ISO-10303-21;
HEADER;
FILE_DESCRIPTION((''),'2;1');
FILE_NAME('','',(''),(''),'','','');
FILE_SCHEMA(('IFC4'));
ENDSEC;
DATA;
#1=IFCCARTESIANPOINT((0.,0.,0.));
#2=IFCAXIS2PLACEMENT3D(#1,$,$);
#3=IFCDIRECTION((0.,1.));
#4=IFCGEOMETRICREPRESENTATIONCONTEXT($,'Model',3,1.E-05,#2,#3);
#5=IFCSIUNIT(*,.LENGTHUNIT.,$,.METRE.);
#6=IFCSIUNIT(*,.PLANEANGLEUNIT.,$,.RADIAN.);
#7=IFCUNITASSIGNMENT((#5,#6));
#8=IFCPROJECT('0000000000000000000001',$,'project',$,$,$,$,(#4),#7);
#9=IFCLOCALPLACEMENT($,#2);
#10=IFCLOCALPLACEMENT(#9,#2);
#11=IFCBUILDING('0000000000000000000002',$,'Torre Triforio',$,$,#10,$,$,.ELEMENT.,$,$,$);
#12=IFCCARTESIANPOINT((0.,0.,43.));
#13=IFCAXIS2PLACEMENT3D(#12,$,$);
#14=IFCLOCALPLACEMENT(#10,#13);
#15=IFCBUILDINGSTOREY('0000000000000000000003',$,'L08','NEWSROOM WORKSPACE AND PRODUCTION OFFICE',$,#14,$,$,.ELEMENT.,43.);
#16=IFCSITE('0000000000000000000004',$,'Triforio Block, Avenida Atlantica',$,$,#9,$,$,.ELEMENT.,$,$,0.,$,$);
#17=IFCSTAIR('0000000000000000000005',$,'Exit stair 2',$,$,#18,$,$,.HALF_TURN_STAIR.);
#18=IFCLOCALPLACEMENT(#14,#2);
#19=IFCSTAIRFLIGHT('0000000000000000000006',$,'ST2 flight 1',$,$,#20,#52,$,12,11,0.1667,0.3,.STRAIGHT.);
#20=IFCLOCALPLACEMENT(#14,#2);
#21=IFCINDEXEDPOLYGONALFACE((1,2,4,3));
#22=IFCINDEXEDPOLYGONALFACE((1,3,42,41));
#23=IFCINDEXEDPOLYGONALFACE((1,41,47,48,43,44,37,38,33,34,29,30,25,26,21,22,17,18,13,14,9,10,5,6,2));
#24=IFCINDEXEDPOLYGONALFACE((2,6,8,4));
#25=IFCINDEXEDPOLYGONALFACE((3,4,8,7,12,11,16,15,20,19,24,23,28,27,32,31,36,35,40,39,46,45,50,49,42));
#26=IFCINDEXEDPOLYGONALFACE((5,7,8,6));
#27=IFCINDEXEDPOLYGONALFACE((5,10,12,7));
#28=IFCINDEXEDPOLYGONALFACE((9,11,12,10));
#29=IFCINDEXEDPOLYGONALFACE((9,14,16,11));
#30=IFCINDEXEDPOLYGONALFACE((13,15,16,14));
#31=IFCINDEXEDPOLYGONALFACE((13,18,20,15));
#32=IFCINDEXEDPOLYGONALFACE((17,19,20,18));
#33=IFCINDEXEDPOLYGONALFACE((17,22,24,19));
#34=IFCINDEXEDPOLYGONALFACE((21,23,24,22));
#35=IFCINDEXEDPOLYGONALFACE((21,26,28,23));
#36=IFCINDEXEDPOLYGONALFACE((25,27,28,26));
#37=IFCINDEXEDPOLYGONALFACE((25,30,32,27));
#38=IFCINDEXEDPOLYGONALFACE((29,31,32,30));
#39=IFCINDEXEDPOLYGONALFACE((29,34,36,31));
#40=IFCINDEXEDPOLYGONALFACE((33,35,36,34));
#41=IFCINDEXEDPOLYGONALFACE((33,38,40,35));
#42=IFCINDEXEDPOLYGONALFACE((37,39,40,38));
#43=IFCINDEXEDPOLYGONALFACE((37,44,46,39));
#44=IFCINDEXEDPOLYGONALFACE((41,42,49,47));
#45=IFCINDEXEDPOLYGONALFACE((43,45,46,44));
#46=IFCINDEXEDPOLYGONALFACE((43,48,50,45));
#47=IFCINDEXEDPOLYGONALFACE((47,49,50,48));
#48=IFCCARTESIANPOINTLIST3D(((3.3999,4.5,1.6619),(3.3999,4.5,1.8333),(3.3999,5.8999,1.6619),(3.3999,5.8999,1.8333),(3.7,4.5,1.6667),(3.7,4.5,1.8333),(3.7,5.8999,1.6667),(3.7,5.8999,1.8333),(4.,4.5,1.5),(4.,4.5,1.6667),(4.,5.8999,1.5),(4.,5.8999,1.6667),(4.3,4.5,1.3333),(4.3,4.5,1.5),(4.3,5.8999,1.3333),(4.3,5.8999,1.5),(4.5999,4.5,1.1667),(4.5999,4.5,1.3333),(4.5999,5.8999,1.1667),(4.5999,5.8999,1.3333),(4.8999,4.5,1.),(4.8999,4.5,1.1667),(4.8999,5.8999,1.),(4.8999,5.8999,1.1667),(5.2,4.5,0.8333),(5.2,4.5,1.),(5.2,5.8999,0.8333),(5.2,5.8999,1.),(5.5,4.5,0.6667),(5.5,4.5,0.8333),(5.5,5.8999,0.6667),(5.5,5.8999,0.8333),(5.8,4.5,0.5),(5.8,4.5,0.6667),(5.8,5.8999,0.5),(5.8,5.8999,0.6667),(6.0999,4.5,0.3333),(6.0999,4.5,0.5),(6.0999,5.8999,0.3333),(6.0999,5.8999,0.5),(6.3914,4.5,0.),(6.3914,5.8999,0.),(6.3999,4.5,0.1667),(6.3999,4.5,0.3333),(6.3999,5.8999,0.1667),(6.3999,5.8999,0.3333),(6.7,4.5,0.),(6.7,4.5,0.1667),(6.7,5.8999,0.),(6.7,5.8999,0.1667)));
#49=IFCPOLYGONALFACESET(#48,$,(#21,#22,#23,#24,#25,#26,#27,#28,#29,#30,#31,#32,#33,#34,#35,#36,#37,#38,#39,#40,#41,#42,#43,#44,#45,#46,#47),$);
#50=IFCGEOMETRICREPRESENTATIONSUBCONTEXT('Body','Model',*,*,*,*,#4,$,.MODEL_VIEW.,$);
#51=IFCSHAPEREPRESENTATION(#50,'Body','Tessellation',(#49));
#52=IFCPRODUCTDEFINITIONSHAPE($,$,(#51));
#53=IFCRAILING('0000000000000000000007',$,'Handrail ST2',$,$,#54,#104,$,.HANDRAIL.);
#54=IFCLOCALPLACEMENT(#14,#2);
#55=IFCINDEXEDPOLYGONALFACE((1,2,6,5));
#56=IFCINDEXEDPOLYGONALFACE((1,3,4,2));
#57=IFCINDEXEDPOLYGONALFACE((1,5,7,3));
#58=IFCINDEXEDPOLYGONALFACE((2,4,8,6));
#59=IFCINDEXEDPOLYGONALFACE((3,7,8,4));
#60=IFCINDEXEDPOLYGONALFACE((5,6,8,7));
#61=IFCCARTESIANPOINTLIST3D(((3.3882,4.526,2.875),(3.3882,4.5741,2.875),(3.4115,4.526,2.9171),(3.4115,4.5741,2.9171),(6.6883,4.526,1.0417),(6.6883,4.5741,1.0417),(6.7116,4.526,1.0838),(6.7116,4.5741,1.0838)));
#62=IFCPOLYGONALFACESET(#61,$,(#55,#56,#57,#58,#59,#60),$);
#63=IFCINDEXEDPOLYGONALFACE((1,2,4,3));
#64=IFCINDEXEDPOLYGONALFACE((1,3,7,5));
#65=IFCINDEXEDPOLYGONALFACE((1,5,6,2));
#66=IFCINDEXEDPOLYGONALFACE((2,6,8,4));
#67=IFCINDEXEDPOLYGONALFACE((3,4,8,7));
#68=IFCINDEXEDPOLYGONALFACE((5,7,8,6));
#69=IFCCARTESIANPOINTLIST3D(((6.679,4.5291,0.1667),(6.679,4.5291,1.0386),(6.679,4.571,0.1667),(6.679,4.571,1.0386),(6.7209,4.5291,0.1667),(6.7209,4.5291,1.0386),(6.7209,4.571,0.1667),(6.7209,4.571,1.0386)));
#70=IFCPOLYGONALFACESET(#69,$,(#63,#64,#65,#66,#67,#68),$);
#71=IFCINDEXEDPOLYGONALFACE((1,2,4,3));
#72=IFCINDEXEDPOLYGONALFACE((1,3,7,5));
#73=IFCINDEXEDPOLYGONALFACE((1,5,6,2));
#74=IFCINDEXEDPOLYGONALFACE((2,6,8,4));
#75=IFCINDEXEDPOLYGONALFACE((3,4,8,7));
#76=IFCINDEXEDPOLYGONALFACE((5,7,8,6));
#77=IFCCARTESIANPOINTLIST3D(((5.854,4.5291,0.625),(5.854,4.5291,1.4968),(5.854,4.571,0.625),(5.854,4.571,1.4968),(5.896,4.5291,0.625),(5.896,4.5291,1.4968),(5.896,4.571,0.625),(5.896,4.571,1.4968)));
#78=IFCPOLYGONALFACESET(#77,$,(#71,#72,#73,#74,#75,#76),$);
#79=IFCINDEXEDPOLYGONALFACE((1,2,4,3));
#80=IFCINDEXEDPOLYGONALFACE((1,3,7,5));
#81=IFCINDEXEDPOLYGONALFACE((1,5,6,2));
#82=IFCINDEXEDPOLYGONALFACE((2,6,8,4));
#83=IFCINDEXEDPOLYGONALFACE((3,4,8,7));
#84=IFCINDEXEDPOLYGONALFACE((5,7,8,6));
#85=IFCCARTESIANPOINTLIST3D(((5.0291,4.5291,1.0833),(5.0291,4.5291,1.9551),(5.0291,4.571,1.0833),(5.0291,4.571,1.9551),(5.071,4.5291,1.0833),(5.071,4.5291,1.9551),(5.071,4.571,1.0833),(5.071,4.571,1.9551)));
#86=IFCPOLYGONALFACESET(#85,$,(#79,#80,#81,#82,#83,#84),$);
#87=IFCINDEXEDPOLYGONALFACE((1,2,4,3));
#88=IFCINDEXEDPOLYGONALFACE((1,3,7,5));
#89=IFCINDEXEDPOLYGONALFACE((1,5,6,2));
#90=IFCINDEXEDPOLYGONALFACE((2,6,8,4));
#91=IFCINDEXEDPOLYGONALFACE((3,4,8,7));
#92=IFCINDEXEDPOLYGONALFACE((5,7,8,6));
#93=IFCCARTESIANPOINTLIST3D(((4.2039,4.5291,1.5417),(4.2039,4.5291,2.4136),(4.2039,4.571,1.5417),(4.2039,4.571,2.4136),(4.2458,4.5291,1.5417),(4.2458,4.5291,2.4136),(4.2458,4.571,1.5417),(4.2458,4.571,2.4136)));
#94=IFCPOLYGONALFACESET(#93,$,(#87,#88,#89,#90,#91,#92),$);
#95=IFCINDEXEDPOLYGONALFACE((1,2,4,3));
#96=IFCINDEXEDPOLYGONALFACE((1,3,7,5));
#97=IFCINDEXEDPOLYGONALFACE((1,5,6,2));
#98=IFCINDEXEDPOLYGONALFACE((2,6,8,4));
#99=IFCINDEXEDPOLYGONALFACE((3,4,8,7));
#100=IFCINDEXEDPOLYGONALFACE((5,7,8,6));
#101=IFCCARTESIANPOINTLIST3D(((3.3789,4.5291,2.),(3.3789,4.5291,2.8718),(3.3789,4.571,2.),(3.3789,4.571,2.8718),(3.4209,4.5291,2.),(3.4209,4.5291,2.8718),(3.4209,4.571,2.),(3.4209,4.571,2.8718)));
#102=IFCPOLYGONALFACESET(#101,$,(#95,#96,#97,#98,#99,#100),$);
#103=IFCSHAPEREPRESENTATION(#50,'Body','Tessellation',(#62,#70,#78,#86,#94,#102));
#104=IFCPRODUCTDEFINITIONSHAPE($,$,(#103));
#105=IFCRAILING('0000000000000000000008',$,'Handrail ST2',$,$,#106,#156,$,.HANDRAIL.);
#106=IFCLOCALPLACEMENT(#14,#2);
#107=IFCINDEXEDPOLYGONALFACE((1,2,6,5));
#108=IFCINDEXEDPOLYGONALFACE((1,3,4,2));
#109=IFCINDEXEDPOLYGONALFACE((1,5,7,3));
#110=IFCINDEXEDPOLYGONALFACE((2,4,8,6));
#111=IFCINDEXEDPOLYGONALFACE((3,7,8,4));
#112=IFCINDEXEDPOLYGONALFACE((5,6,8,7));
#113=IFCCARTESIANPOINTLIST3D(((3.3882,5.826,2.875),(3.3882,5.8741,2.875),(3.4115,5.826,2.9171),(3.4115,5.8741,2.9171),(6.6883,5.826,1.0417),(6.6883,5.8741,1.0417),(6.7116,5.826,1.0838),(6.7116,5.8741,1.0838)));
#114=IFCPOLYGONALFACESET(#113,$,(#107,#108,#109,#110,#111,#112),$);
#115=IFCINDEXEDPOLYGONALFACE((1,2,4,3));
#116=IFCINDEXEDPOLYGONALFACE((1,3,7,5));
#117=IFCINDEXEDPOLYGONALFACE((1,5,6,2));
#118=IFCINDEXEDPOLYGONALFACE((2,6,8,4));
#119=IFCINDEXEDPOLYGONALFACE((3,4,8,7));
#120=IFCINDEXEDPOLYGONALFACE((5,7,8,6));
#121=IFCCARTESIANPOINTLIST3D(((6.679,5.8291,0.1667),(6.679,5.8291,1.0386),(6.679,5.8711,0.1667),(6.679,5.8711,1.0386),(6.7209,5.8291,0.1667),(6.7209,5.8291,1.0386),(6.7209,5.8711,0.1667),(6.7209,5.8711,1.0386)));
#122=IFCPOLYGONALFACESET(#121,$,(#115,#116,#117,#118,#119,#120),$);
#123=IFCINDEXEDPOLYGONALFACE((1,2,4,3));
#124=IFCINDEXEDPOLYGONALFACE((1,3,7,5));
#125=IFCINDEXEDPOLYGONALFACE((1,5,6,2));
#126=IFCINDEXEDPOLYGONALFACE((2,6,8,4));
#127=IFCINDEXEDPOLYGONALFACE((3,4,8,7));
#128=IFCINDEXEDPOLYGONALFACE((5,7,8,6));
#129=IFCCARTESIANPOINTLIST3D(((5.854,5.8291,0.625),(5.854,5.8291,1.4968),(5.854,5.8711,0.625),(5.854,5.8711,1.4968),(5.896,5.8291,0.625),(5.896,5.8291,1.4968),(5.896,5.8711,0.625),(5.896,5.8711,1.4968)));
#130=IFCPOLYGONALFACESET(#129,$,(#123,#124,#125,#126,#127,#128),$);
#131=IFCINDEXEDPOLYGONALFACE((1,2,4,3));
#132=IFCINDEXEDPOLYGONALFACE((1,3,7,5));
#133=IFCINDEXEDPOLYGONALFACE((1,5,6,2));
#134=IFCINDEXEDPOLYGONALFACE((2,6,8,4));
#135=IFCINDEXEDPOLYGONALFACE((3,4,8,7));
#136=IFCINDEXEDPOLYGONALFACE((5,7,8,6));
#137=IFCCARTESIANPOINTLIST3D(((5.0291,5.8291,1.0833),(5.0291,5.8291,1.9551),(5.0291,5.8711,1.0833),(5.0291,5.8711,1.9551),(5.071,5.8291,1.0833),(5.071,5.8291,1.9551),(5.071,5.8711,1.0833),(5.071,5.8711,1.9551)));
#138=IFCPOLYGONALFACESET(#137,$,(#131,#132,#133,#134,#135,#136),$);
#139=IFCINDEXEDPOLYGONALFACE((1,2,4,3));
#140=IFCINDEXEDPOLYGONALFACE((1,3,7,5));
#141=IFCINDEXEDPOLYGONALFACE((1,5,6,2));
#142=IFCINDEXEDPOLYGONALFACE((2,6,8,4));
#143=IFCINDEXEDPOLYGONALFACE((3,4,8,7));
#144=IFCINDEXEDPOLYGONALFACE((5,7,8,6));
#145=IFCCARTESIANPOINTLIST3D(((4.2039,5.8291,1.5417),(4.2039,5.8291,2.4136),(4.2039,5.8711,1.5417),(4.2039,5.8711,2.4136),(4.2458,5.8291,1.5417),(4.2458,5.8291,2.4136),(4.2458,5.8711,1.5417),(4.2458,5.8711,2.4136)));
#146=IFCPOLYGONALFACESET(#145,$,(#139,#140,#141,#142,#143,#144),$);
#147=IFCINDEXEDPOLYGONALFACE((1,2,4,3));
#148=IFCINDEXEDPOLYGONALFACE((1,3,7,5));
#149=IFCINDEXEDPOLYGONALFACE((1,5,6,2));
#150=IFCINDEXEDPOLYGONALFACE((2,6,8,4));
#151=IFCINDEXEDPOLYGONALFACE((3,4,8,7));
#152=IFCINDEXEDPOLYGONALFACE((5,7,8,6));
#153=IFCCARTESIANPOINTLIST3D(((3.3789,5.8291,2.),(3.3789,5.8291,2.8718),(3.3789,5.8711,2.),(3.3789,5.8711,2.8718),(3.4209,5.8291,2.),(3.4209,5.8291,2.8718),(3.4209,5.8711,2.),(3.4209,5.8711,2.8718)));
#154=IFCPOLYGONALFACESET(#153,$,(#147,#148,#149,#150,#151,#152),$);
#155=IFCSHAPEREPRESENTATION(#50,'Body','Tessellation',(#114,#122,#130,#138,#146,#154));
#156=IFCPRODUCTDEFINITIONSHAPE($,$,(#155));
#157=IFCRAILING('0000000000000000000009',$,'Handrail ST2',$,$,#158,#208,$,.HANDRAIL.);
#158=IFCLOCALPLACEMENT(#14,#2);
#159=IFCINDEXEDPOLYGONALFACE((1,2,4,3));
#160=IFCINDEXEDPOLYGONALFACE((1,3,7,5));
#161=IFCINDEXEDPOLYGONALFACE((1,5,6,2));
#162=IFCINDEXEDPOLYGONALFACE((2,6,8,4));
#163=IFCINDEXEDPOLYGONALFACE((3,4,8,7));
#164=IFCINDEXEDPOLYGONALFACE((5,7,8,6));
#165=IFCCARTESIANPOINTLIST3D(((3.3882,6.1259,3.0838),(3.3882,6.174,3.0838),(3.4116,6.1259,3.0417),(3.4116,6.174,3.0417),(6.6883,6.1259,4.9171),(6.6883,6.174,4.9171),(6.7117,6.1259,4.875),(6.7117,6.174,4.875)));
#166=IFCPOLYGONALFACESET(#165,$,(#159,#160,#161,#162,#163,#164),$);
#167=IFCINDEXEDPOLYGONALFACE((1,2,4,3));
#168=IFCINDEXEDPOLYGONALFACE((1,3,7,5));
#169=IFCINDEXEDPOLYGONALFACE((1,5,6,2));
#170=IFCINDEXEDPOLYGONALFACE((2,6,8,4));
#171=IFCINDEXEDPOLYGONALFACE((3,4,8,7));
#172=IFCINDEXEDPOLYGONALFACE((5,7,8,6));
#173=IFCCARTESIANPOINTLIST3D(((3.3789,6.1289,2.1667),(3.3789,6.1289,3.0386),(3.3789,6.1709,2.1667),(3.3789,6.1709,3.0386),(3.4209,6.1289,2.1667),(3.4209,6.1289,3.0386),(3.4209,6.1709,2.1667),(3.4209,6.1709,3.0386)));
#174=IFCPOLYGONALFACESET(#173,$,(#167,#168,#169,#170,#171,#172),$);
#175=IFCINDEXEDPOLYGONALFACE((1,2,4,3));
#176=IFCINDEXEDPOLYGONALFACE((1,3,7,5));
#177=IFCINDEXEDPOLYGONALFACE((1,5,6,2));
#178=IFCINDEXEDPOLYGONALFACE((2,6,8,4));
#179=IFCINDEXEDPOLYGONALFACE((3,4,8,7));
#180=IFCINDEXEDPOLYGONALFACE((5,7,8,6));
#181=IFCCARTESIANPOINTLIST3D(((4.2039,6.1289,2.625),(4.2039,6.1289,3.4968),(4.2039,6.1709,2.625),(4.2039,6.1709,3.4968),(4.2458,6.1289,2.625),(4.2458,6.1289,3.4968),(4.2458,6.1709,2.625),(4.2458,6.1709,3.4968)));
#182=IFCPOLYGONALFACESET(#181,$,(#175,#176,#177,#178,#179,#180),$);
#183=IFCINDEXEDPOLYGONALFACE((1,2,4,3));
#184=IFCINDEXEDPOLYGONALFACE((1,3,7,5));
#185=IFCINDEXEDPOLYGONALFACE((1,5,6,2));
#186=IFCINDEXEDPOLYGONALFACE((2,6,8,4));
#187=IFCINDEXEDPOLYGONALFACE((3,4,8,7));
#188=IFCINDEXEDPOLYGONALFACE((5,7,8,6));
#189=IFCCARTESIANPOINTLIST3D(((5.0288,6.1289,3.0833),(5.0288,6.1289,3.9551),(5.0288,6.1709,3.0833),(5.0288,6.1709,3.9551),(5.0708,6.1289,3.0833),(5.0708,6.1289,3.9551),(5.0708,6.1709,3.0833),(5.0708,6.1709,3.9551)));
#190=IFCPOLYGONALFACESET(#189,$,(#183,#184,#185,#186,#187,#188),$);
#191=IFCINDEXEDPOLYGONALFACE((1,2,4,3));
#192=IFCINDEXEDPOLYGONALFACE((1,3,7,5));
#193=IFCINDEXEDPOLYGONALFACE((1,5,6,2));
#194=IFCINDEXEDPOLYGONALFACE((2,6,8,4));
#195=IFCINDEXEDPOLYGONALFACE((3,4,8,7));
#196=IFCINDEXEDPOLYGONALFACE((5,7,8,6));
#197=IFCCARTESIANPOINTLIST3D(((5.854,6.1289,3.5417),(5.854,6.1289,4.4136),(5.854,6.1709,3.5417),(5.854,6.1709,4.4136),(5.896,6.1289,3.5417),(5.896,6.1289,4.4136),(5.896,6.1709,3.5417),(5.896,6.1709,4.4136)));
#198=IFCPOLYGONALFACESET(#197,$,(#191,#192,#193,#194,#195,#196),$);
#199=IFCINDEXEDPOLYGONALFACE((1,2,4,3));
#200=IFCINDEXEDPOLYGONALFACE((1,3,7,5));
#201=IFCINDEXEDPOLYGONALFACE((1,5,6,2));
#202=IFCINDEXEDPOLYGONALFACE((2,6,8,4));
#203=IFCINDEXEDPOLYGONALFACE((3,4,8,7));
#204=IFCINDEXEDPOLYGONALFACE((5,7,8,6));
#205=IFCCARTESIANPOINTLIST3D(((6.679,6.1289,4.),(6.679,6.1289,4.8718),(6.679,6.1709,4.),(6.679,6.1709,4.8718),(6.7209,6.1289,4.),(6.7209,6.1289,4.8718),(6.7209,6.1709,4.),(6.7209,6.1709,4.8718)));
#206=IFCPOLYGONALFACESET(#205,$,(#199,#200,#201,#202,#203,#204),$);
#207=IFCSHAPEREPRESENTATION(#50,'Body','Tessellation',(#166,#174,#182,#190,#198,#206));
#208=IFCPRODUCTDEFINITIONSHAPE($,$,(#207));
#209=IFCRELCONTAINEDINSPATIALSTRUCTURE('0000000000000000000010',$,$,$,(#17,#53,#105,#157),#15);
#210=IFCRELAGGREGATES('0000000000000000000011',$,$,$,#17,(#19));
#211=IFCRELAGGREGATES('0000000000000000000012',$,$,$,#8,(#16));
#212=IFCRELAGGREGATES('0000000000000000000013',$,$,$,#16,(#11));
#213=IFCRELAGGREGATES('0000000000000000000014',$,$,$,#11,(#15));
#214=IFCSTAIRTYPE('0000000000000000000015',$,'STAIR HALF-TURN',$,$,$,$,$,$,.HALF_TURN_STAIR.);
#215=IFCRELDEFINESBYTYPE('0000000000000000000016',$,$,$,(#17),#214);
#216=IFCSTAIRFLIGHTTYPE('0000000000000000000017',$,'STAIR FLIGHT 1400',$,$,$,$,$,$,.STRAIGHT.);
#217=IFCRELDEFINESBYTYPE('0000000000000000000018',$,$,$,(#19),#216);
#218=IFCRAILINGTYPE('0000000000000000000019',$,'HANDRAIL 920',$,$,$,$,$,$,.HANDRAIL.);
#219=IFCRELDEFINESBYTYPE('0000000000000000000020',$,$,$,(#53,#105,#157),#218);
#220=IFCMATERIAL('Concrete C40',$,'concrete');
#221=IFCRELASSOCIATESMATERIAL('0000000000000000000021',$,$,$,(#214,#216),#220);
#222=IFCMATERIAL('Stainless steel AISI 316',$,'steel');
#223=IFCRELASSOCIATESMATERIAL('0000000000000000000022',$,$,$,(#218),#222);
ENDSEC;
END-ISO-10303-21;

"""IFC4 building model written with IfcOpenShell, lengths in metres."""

from ifc_helpers import new_model, si_unit, direction, frame, origin, origin_2d, place, context, subcontext, project, spatial, polyline, rectangle, outline, extrude, material, type_object, element, aggregate, save


model = new_model("IFC4")

# Units and contexts
model_context = context("Model", 3, precision=1e-05, world=origin(), true_north=direction((0.0, 1.0)))
body_context = subcontext(model_context, "Body", "Model", "MODEL_VIEW")
ifc_project = project(units=[si_unit("LENGTHUNIT", "METRE"), si_unit("PLANEANGLEUNIT", "RADIAN")], contexts=[model_context])

# Site, building, storey
site_placement = place(None, origin())
site = spatial("IfcSite", under=ifc_project, at=site_placement, Name="Triforio Block, Avenida Atlantica", CompositionType="ELEMENT", RefElevation=0.0)
building_placement = place(site_placement, origin())
building = spatial("IfcBuilding", under=site, at=building_placement, Name="Torre Triforio", CompositionType="ELEMENT")
storey_placement = place(building_placement, frame((0.0, 0.0, 43.0)))
storey = spatial("IfcBuildingStorey", under=building, at=storey_placement, Name="L08", Description="NEWSROOM WORKSPACE AND PRODUCTION OFFICE", CompositionType="ELEMENT", Elevation=43.0)

# Shared definitions
ifc_material_1 = material(Name="Concrete C40", Category="concrete")
stair_type = type_object("IfcStairType", Name="STAIR HALF-TURN", PredefinedType="HALF_TURN_STAIR", material=ifc_material_1)

# Stair, stair flight
stair_1_placement = place(storey_placement, origin())
stair_1 = element("IfcStair", 1, at=stair_1_placement, inside=storey, type_object=stair_type, Name="Exit stair 2", PredefinedType="HALF_TURN_STAIR")
stair_flight_type = type_object("IfcStairFlightType", Name="STAIR FLIGHT 1400", PredefinedType="STRAIGHT", material=ifc_material_1)
stair_flight_placement = place(storey_placement, frame((6.7, 5.2, 0.0), z_axis=(0.0, 0.0, 1.0), x_axis=(-1.0, 0.0, 0.0)))
stair_flight = element("IfcStairFlight", 2, at=stair_flight_placement, type_object=stair_flight_type, Name="ST2 flight 1", NumberOfRisers=12, NumberOfTreads=11, PredefinedType="STRAIGHT", RiserHeight=0.1667, TreadLength=0.3, context=body_context, shape_type="SweptSolid", body=[
    extrude(outline(polyline([(0.0, 0.0), (0.0, 0.1667), (0.3, 0.1667), (0.3, 0.3333), (0.6001, 0.3333), (0.6001, 0.5), (0.8999, 0.5), (0.8999, 0.6667), (1.2, 0.6667), (1.2, 0.8333), (1.5, 0.8333), (1.5, 1.0), (1.8, 1.0), (1.8, 1.1667), (2.1001, 1.1667), (2.1001, 1.3333), (2.3999, 1.3333), (2.3999, 1.5), (2.7, 1.5), (2.7, 1.6667), (3.0, 1.6667), (3.0, 1.8333), (3.3, 1.8333), (3.3, 2.0), (3.3, 1.6619), (0.3086, 0.0), (0.0, 0.0)])), frame((0.0, 0.7, 0.0), z_axis=(0.0, -1.0, 0.0), x_axis=(1.0, 0.0, 0.0)), (0.0, 0.0, 1.0), 1.3999),
])
aggregate(stair_1, [stair_flight])

# Railings
ifc_material_2 = material(Name="Stainless steel AISI 316", Category="steel")
railing_type = type_object("IfcRailingType", Name="HANDRAIL 920", PredefinedType="HANDRAIL", material=ifc_material_2)
for number, where, name in (
    (3, (6.7, 4.55, 0.1667), "Handrail ST2"),
    (4, (6.7, 5.8501, 0.1667), "Handrail ST2"),
):
    element("IfcRailing", number, at=place(storey_placement, frame(where)), inside=storey, type_object=railing_type, Name=name, PredefinedType="HANDRAIL", context=body_context, shape_type="SweptSolid", body=[
        extrude(rectangle(XDim=0.0481, YDim=0.0481, at=origin_2d()), frame((0.0, 0.0, 0.896), z_axis=(-0.874169, 0.0, 0.485621), x_axis=(0.0, -1.0, 0.0)), (0.0, 0.0, 1.0), 3.7751),
        extrude(rectangle(XDim=0.042, YDim=0.042, at=origin_2d()), origin(), (0.0, 0.0, 1.0), 0.8718),
        extrude(rectangle(XDim=0.042, YDim=0.042, at=origin_2d()), frame((-0.825, 0.0, 0.4583)), (0.0, 0.0, 1.0), 0.8718),
        extrude(rectangle(XDim=0.042, YDim=0.042, at=origin_2d()), frame((-1.6499, 0.0, 0.9165)), (0.0, 0.0, 1.0), 0.8718),
        extrude(rectangle(XDim=0.042, YDim=0.042, at=origin_2d()), frame((-2.4751, 0.0, 1.375)), (0.0, 0.0, 1.0), 0.8718),
        extrude(rectangle(XDim=0.042, YDim=0.042, at=origin_2d()), frame((-3.3, 0.0, 1.8333)), (0.0, 0.0, 1.0), 0.8718),
    ])
railing_placement = place(storey_placement, frame((3.3999, 6.1499, 2.1667)))
element("IfcRailing", 5, at=railing_placement, inside=storey, type_object=railing_type, Name="Handrail ST2", PredefinedType="HANDRAIL", context=body_context, shape_type="SweptSolid", body=[
    extrude(rectangle(XDim=0.0481, YDim=0.0481, at=origin_2d()), frame((0.0, 0.0, 0.896), z_axis=(0.874169, 0.0, 0.485621), x_axis=(0.0, 1.0, 0.0)), (0.0, 0.0, 1.0), 3.7751),
    extrude(rectangle(XDim=0.042, YDim=0.042, at=origin_2d()), origin(), (0.0, 0.0, 1.0), 0.8718),
    extrude(rectangle(XDim=0.042, YDim=0.042, at=origin_2d()), frame((0.825, 0.0, 0.4583)), (0.0, 0.0, 1.0), 0.8718),
    extrude(rectangle(XDim=0.042, YDim=0.042, at=origin_2d()), frame((1.6499, 0.0, 0.9165)), (0.0, 0.0, 1.0), 0.8718),
    extrude(rectangle(XDim=0.042, YDim=0.042, at=origin_2d()), frame((2.4751, 0.0, 1.375)), (0.0, 0.0, 1.0), 0.8718),
    extrude(rectangle(XDim=0.042, YDim=0.042, at=origin_2d()), frame((3.3, 0.0, 1.8333)), (0.0, 0.0, 1.0), 0.8718),
])

save(model, "model.ifc")
